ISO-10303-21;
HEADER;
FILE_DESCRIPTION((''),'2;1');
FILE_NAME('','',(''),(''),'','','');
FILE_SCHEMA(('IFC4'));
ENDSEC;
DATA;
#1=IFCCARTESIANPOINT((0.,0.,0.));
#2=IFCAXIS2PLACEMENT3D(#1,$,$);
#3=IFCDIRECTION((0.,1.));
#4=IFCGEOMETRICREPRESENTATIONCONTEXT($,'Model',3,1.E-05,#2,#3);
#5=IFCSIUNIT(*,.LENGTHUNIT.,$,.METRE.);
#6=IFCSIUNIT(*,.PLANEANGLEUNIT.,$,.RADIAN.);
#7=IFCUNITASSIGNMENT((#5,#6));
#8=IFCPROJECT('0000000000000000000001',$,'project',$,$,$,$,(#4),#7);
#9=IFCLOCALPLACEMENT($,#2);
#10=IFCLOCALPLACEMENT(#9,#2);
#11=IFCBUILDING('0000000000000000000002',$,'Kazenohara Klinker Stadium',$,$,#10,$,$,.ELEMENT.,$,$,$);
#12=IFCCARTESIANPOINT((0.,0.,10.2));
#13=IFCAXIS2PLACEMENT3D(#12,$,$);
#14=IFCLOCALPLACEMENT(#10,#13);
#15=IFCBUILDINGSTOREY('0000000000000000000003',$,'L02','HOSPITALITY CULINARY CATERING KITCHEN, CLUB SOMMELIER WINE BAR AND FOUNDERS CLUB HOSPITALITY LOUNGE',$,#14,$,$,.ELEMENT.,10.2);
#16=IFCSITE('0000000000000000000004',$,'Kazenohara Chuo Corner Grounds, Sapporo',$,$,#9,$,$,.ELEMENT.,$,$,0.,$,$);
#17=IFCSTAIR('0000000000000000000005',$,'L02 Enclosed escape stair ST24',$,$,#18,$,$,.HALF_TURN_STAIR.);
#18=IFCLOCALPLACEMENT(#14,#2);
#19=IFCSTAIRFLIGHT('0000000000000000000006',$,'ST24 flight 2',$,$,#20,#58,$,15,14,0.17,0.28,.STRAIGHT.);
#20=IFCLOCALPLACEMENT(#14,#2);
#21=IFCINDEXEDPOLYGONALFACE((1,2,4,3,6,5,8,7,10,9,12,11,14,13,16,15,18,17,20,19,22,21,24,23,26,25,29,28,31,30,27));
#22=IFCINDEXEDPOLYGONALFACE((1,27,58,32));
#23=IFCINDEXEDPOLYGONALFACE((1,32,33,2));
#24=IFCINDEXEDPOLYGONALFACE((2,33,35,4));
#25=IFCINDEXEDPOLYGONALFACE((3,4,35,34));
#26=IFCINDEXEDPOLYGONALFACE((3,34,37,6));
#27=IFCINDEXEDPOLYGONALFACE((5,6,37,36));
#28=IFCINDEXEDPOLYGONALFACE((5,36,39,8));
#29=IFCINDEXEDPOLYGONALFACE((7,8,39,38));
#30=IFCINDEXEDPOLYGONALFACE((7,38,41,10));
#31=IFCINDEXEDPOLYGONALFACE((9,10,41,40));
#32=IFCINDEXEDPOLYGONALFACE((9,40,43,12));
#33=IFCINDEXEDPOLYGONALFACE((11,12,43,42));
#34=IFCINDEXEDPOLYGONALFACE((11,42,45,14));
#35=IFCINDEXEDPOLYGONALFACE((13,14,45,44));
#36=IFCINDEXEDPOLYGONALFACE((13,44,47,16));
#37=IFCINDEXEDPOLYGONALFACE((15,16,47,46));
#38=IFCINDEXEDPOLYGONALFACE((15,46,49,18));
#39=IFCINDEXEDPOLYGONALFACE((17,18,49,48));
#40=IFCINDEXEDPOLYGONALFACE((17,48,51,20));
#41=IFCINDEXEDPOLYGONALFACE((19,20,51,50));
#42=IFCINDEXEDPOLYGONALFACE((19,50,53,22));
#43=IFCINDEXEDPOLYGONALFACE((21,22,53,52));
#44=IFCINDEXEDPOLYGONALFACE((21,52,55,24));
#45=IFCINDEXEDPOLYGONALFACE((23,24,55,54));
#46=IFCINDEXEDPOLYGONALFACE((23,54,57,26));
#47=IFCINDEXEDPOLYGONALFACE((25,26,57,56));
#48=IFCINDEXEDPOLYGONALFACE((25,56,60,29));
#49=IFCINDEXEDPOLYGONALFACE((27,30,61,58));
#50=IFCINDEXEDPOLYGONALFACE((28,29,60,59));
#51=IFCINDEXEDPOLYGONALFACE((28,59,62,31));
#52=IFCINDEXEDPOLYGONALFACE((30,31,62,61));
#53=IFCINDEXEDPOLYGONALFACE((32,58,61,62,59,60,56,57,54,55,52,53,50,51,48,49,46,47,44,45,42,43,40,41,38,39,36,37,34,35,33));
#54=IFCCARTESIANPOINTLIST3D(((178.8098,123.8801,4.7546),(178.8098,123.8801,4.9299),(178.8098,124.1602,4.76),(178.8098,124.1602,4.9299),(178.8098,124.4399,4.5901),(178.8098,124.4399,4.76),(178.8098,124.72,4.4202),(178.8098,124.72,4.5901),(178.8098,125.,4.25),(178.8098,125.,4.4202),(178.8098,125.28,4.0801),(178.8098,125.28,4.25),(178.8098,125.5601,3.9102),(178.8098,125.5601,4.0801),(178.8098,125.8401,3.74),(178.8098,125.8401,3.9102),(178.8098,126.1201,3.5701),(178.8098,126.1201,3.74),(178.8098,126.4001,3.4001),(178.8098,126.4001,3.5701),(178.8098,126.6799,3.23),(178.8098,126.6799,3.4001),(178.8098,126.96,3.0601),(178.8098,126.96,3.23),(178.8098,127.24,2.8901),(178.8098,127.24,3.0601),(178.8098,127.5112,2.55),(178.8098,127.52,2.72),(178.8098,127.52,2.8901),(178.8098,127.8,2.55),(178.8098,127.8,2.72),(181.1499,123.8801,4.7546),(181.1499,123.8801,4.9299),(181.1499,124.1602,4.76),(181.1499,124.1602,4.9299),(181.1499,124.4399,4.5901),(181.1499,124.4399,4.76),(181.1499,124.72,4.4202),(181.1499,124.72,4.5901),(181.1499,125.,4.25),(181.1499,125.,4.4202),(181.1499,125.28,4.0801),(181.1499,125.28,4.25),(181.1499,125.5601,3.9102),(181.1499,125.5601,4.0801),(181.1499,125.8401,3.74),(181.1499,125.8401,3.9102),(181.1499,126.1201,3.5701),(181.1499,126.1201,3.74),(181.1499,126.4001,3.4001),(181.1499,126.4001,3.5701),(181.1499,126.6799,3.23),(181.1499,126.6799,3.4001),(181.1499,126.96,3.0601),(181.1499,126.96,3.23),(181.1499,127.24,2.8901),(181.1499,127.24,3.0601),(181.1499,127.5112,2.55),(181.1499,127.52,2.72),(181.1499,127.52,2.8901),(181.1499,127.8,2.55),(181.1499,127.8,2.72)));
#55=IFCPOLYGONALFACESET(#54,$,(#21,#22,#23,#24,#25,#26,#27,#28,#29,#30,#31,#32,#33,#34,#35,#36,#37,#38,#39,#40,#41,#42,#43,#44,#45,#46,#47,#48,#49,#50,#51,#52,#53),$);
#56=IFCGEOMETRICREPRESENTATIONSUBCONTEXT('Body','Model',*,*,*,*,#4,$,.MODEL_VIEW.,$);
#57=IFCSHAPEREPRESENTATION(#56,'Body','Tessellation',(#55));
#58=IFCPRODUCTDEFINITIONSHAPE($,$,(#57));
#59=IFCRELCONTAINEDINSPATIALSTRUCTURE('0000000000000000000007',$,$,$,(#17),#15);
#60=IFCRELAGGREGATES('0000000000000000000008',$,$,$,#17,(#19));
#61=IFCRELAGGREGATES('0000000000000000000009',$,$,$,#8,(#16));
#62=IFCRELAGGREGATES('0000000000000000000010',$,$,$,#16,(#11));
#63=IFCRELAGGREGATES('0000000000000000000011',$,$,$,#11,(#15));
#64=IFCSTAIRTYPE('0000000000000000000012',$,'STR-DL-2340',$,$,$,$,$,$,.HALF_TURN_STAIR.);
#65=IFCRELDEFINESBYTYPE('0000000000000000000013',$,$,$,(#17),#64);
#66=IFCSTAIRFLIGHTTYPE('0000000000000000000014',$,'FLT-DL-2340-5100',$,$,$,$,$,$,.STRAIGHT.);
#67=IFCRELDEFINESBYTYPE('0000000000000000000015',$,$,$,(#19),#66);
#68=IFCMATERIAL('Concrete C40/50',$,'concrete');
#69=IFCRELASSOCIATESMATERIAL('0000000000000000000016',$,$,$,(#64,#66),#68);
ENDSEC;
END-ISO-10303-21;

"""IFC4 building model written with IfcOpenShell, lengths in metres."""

from ifc_helpers import new_model, si_unit, direction, frame, origin, place, context, subcontext, project, spatial, polyline, outline, extrude, material, type_object, element, aggregate, save


model = new_model("IFC4")

# Units and contexts
model_context = context("Model", 3, precision=1e-05, world=origin(), true_north=direction((0.0, 1.0)))
body_context = subcontext(model_context, "Body", "Model", "MODEL_VIEW")
ifc_project = project(units=[si_unit("LENGTHUNIT", "METRE"), si_unit("PLANEANGLEUNIT", "RADIAN")], contexts=[model_context])

# Site, building, storey
site_placement = place(None, origin())
site = spatial("IfcSite", under=ifc_project, at=site_placement, Name="Kazenohara Chuo Corner Grounds, Sapporo", CompositionType="ELEMENT", RefElevation=0.0)
building_placement = place(site_placement, origin())
building = spatial("IfcBuilding", under=site, at=building_placement, Name="Kazenohara Klinker Stadium", CompositionType="ELEMENT")
storey_placement = place(building_placement, frame((0.0, 0.0, 10.2)))
storey = spatial("IfcBuildingStorey", under=building, at=storey_placement, Name="L02", Description="HOSPITALITY CULINARY CATERING KITCHEN, CLUB SOMMELIER WINE BAR AND FOUNDERS CLUB HOSPITALITY LOUNGE", CompositionType="ELEMENT", Elevation=10.2)

# Shared definitions
ifc_material_1 = material(Name="Concrete C40/50", Category="concrete")

# Shared definitions
stair_type = type_object("IfcStairType", Name="STR-DL-2340", PredefinedType="HALF_TURN_STAIR", material=ifc_material_1)
stair_flight_type = type_object("IfcStairFlightType", Name="FLT-DL-2340-5100", PredefinedType="STRAIGHT", material=ifc_material_1)

# Stair, stair flight
stair_1_placement = place(storey_placement, origin())
stair_1 = element("IfcStair", 1, at=stair_1_placement, inside=storey, type_object=stair_type, Name="L02 Enclosed escape stair ST24", PredefinedType="HALF_TURN_STAIR")
stair_flight_1_placement = place(storey_placement, frame((179.98, 127.8, 2.55), z_axis=(0.0, 0.0, 1.0), x_axis=(0.0, -1.0, 0.0)))
stair_flight_1 = element("IfcStairFlight", 2, at=stair_flight_1_placement, type_object=stair_flight_type, Name="ST24 flight 2", NumberOfRisers=15, NumberOfTreads=14, PredefinedType="STRAIGHT", RiserHeight=0.17, TreadLength=0.28, context=body_context, shape_type="SweptSolid", body=[
    extrude(outline(polyline([(0.0, 0.0), (0.0, 0.1699), (0.28, 0.1699), (0.28, 0.3401), (0.5601, 0.3401), (0.5601, 0.51), (0.8401, 0.51), (0.8401, 0.6799), (1.1201, 0.6799), (1.1201, 0.8501), (1.3999, 0.8501), (1.3999, 1.02), (1.6799, 1.02), (1.6799, 1.1899), (1.96, 1.1899), (1.96, 1.3601), (2.24, 1.3601), (2.24, 1.53), (2.52, 1.53), (2.52, 1.7), (2.8, 1.7), (2.8, 1.8701), (3.0801, 1.8701), (3.0801, 2.04), (3.3601, 2.04), (3.3601, 2.21), (3.6399, 2.21), (3.6399, 2.3799), (3.9199, 2.3799), (3.9199, 2.55), (3.9199, 2.2046), (0.2888, 0.0), (0.0, 0.0)])), frame((0.0, 1.1699, 0.0), z_axis=(0.0, -1.0, 0.0), x_axis=(1.0, 0.0, 0.0)), (0.0, 0.0, 1.0), 2.3401),
])
aggregate(stair_1, [stair_flight_1])

save(model, "model.ifc")
